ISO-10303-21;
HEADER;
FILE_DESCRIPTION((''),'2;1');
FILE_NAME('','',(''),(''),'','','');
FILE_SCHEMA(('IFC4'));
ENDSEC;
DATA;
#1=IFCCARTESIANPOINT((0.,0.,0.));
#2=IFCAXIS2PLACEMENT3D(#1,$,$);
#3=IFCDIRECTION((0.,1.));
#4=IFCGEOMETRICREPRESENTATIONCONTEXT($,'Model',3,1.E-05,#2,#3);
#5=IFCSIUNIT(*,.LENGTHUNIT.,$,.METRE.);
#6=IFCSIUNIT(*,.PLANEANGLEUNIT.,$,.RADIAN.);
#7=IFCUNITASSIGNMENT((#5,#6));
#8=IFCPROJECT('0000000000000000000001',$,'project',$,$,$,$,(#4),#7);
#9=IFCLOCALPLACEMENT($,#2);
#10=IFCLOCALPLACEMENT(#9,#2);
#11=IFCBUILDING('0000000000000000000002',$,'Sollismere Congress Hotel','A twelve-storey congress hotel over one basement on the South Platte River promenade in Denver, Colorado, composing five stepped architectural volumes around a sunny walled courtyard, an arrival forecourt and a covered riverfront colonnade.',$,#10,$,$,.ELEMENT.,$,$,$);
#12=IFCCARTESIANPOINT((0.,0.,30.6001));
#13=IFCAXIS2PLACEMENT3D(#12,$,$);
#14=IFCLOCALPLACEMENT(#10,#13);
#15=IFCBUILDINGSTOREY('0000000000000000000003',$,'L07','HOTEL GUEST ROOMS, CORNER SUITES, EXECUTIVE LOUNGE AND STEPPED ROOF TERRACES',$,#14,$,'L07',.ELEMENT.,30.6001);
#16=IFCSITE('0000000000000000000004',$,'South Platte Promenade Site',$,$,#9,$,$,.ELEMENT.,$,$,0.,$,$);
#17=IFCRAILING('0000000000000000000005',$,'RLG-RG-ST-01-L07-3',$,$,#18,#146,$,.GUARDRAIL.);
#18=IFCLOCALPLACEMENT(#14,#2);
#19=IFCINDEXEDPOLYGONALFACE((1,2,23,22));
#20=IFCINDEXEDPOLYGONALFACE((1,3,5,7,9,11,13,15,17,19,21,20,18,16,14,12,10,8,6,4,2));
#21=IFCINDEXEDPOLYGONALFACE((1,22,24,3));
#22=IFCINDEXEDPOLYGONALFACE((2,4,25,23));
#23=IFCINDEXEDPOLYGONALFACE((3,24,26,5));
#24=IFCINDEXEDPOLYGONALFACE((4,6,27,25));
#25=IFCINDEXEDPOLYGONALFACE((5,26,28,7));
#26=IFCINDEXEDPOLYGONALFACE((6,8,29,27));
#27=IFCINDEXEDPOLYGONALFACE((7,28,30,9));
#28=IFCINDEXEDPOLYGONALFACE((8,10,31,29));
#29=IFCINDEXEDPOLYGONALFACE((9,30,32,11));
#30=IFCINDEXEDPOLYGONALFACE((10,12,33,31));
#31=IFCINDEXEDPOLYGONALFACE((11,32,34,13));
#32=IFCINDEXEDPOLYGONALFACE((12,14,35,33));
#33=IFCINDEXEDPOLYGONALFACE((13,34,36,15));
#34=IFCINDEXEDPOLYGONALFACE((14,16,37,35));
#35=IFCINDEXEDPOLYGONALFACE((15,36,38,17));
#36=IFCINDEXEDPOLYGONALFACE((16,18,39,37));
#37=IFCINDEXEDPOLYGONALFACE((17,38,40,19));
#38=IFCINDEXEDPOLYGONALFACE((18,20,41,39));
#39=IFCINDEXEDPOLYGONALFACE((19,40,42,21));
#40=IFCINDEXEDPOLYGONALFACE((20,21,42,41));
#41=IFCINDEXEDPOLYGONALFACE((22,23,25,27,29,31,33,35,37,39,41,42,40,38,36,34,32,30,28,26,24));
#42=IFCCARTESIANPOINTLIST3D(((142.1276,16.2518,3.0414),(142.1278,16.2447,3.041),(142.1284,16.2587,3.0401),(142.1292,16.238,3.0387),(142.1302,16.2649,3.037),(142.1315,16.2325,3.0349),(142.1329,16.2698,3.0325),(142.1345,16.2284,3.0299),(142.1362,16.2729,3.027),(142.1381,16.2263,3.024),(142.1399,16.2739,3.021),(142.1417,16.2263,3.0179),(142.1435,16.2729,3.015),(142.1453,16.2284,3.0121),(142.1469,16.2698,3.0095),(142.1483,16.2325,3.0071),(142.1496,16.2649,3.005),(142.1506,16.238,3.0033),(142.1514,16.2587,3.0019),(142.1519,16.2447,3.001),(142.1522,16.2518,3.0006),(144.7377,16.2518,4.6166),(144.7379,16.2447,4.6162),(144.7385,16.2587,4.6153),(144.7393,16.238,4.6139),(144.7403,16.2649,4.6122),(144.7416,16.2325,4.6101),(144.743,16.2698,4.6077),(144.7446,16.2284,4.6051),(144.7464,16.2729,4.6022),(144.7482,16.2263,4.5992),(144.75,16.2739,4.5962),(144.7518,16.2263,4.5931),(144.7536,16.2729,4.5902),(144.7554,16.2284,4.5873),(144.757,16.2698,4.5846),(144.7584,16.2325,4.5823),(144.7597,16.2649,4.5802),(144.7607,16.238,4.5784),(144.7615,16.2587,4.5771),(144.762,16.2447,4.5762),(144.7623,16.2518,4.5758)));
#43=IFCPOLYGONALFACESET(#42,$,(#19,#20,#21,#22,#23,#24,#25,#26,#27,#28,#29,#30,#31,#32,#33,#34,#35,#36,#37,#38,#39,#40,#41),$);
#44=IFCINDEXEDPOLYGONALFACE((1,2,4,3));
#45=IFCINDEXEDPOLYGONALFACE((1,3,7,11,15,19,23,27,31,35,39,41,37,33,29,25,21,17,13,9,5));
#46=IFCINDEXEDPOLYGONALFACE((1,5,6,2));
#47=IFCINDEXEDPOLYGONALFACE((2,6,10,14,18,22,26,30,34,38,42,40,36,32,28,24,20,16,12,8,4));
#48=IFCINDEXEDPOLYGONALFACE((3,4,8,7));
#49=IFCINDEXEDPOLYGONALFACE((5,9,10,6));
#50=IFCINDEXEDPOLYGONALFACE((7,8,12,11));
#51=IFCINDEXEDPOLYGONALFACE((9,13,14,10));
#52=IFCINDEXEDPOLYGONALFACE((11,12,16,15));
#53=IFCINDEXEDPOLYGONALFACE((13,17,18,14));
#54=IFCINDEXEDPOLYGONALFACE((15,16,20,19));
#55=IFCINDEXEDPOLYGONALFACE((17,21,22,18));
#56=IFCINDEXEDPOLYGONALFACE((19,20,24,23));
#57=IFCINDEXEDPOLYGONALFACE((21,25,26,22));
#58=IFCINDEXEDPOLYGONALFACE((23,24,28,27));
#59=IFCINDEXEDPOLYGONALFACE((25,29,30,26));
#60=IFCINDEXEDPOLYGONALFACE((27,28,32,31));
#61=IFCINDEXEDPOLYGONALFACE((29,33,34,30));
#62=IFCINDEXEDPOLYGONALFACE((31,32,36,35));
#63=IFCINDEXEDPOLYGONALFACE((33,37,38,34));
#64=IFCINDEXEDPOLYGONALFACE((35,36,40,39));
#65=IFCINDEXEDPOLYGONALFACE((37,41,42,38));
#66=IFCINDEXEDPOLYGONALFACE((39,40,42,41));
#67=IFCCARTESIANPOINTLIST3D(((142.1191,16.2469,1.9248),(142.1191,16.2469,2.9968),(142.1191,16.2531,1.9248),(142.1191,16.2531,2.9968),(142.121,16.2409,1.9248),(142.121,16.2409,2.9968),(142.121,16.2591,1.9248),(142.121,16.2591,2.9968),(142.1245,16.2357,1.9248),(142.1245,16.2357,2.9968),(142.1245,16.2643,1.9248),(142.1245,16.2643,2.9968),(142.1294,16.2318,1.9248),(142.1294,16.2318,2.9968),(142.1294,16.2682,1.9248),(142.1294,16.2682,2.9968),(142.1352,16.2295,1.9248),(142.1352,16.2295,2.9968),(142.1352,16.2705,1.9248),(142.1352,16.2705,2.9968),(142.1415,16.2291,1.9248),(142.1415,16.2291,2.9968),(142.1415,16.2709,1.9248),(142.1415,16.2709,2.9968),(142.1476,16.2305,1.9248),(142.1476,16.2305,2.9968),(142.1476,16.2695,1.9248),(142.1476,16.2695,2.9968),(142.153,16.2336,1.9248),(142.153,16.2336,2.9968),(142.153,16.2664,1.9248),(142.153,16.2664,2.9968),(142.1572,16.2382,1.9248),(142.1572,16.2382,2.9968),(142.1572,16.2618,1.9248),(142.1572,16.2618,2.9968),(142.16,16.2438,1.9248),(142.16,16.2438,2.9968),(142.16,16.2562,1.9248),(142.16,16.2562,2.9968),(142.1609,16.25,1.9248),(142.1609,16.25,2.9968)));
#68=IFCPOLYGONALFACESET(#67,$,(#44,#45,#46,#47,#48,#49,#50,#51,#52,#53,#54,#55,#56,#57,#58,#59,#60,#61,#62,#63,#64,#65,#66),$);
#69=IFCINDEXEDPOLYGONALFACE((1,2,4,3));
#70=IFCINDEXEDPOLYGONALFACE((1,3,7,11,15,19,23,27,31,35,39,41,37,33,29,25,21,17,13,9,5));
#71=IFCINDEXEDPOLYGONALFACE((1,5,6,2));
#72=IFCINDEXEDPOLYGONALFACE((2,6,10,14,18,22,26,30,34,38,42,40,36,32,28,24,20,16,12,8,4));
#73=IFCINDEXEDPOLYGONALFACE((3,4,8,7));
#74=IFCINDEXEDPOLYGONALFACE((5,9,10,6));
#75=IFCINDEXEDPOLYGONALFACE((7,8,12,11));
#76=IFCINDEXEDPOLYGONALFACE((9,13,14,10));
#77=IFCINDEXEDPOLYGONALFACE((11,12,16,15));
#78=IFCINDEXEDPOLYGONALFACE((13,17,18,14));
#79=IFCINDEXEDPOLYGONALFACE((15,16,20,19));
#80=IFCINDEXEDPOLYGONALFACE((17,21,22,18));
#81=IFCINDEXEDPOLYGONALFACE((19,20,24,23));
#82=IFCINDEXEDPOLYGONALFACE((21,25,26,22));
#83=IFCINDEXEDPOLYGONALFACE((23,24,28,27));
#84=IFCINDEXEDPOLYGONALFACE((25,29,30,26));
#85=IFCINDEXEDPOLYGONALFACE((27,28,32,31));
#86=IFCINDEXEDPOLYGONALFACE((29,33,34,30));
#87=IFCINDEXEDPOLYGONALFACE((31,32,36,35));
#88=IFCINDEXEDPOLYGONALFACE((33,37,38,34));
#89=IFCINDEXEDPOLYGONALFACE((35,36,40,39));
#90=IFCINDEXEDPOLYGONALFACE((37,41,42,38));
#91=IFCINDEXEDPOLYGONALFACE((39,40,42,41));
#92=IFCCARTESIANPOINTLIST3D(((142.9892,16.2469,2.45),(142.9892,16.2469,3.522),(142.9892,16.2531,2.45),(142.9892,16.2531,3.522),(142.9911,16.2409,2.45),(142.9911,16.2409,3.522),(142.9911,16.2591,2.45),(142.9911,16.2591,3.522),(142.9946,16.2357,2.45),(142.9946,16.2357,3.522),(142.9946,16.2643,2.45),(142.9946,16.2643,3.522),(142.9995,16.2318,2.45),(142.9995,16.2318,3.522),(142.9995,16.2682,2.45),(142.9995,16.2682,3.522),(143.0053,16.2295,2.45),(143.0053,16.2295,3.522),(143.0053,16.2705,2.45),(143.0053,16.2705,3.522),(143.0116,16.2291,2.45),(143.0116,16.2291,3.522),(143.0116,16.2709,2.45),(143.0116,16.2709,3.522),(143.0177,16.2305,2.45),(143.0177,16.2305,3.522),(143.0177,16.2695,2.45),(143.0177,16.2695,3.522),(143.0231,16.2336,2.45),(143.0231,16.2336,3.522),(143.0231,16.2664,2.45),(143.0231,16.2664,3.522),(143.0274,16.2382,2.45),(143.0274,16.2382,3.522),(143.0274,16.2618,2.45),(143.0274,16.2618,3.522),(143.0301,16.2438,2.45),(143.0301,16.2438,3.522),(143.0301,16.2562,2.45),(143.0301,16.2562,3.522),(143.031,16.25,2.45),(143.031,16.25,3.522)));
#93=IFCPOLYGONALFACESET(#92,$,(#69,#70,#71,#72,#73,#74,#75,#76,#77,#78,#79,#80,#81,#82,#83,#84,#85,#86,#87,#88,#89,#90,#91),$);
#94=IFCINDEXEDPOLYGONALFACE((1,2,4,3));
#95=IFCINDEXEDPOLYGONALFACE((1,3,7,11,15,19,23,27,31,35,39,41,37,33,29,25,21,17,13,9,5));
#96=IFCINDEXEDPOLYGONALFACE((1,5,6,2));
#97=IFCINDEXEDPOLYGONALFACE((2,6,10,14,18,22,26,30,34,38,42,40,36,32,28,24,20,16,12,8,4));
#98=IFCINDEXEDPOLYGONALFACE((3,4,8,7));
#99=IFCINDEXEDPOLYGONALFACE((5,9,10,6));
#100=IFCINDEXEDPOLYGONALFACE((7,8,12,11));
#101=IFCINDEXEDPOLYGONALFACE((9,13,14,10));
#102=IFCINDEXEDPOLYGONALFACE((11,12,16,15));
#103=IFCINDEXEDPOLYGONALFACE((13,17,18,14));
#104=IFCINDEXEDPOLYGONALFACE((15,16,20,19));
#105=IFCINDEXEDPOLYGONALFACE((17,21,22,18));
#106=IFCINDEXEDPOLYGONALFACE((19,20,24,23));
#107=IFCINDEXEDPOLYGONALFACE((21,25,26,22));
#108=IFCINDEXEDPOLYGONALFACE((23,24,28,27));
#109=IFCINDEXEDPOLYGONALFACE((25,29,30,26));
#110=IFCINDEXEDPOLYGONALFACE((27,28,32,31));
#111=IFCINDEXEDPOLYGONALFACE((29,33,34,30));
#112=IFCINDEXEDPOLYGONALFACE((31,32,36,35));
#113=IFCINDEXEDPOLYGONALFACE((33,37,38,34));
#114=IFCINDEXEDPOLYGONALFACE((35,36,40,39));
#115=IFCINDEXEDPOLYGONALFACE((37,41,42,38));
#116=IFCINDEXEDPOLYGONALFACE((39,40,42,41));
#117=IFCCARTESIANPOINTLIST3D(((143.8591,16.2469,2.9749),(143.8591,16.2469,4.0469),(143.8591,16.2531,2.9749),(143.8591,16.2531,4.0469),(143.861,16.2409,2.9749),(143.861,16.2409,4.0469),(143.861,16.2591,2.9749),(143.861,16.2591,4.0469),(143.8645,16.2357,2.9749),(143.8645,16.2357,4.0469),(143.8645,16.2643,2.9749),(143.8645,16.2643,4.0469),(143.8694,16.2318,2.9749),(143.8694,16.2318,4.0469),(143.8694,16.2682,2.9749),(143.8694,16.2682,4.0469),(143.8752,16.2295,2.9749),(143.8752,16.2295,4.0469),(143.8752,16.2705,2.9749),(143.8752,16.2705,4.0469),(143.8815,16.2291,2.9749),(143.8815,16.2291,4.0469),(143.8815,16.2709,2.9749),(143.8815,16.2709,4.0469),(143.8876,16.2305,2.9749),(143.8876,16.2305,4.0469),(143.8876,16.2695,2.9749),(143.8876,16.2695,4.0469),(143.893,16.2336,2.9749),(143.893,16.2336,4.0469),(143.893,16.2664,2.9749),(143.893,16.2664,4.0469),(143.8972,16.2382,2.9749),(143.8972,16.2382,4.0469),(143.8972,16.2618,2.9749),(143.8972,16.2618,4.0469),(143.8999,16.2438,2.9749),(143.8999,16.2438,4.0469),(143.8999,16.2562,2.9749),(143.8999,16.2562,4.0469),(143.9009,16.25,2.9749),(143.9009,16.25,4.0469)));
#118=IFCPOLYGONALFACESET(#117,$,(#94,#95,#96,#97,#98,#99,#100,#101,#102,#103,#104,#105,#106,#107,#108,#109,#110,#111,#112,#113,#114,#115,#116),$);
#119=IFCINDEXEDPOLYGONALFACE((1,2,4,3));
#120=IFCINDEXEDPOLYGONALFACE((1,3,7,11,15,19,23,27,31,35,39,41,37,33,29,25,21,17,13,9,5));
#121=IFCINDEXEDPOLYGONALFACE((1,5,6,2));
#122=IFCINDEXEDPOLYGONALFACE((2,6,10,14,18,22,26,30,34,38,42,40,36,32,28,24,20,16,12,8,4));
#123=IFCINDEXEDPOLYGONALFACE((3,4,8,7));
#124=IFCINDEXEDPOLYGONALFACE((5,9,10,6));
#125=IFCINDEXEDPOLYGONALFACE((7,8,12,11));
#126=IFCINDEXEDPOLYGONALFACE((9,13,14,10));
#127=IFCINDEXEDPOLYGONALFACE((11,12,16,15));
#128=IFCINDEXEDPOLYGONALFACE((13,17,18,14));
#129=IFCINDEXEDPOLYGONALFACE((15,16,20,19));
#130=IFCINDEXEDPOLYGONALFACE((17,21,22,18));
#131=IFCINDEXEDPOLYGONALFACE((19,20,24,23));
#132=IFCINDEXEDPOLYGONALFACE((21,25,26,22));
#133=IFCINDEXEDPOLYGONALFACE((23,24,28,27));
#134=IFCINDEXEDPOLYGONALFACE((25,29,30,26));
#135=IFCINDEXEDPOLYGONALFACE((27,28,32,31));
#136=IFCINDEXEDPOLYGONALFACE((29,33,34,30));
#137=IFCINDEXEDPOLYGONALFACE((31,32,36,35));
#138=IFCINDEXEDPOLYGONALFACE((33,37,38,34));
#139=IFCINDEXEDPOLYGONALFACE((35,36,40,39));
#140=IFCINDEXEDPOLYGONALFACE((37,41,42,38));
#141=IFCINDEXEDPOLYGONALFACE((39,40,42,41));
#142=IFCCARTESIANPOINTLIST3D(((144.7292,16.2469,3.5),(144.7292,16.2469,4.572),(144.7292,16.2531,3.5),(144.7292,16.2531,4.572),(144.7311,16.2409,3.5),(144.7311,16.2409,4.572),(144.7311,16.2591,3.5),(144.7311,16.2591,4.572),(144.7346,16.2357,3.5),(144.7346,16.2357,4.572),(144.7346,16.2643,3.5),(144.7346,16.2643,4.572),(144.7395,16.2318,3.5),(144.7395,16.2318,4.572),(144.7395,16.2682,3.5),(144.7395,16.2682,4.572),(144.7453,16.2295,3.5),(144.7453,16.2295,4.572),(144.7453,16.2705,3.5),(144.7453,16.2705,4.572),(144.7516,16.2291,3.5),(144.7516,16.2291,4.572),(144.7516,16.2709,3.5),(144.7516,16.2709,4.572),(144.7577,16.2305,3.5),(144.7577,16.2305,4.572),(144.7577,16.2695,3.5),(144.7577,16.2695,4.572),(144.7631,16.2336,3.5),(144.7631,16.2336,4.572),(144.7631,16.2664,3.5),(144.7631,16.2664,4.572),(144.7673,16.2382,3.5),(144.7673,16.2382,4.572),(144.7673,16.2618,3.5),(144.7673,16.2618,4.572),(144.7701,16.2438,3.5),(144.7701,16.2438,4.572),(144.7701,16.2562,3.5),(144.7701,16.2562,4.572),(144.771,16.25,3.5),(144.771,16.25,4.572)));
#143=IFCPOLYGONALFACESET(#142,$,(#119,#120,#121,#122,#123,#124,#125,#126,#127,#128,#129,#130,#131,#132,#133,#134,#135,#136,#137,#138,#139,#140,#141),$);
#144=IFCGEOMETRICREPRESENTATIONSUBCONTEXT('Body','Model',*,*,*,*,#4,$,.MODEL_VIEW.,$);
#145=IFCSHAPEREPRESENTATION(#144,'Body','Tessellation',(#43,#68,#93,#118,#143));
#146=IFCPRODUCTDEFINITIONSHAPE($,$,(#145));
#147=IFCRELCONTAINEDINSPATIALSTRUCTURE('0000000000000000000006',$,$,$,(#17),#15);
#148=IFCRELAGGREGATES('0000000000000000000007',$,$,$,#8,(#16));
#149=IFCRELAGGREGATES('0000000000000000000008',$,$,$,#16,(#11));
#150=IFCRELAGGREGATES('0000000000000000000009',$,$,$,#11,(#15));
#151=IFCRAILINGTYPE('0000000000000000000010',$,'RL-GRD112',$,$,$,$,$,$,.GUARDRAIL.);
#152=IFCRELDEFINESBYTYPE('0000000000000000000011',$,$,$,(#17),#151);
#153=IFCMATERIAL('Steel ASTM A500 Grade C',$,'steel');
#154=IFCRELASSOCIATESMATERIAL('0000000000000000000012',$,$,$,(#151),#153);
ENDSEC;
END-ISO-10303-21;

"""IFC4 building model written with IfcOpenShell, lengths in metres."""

from ifc_helpers import new_model, si_unit, direction, frame, origin, origin_2d, place, context, subcontext, project, spatial, circle, extrude, material, type_object, element, save


model = new_model("IFC4")

# Units and contexts
model_context = context("Model", 3, precision=1e-05, world=origin(), true_north=direction((0.0, 1.0)))
body_context = subcontext(model_context, "Body", "Model", "MODEL_VIEW")
ifc_project = project(units=[si_unit("LENGTHUNIT", "METRE"), si_unit("PLANEANGLEUNIT", "RADIAN")], contexts=[model_context])

# Site, building, storey
site_placement = place(None, origin())
site = spatial("IfcSite", under=ifc_project, at=site_placement, Name="South Platte Promenade Site", CompositionType="ELEMENT", RefElevation=0.0)
building_placement = place(site_placement, origin())
building = spatial("IfcBuilding", under=site, at=building_placement, Name="Sollismere Congress Hotel", Description="A twelve-storey congress hotel over one basement on the South Platte River promenade in Denver, Colorado, composing five stepped architectural volumes around a sunny walled courtyard, an arrival forecourt and a covered riverfront colonnade.", CompositionType="ELEMENT")
storey_placement = place(building_placement, frame((0.0, 0.0, 30.6001)))
storey = spatial("IfcBuildingStorey", under=building, at=storey_placement, Name="L07", Description="HOTEL GUEST ROOMS, CORNER SUITES, EXECUTIVE LOUNGE AND STEPPED ROOF TERRACES", LongName="L07", CompositionType="ELEMENT", Elevation=30.6001)

# Railing
ifc_material_1 = material(Name="Steel ASTM A500 Grade C", Category="steel")
railing_type_1 = type_object("IfcRailingType", Name="RL-GRD112", PredefinedType="GUARDRAIL", material=ifc_material_1)
railing_1_placement = place(storey_placement, frame((142.1399, 16.25, 1.9248)))
element("IfcRailing", 1, at=railing_1_placement, inside=storey, type_object=railing_type_1, Name="RLG-RG-ST-01-L07-3", PredefinedType="GUARDRAIL", context=body_context, shape_type="SweptSolid", body=[
    extrude(circle(Radius=0.0239, at=origin_2d()), frame((0.0, 0.0, 1.0962), z_axis=(0.856169, 0.0, 0.516696), x_axis=(0.0, 1.0, 0.0)), (0.0, 0.0, 1.0), 3.0486),
    extrude(circle(Radius=0.021, at=origin_2d()), origin(), (0.0, 0.0, 1.0), 1.072),
    extrude(circle(Radius=0.021, at=origin_2d()), frame((0.8701, 0.0, 0.5251)), (0.0, 0.0, 1.0), 1.072),
    extrude(circle(Radius=0.021, at=origin_2d()), frame((1.74, 0.0, 1.05)), (0.0, 0.0, 1.0), 1.072),
    extrude(circle(Radius=0.021, at=origin_2d()), frame((2.6101, 0.0, 1.5752)), (0.0, 0.0, 1.0), 1.072),
])

save(model, "model.ifc")
